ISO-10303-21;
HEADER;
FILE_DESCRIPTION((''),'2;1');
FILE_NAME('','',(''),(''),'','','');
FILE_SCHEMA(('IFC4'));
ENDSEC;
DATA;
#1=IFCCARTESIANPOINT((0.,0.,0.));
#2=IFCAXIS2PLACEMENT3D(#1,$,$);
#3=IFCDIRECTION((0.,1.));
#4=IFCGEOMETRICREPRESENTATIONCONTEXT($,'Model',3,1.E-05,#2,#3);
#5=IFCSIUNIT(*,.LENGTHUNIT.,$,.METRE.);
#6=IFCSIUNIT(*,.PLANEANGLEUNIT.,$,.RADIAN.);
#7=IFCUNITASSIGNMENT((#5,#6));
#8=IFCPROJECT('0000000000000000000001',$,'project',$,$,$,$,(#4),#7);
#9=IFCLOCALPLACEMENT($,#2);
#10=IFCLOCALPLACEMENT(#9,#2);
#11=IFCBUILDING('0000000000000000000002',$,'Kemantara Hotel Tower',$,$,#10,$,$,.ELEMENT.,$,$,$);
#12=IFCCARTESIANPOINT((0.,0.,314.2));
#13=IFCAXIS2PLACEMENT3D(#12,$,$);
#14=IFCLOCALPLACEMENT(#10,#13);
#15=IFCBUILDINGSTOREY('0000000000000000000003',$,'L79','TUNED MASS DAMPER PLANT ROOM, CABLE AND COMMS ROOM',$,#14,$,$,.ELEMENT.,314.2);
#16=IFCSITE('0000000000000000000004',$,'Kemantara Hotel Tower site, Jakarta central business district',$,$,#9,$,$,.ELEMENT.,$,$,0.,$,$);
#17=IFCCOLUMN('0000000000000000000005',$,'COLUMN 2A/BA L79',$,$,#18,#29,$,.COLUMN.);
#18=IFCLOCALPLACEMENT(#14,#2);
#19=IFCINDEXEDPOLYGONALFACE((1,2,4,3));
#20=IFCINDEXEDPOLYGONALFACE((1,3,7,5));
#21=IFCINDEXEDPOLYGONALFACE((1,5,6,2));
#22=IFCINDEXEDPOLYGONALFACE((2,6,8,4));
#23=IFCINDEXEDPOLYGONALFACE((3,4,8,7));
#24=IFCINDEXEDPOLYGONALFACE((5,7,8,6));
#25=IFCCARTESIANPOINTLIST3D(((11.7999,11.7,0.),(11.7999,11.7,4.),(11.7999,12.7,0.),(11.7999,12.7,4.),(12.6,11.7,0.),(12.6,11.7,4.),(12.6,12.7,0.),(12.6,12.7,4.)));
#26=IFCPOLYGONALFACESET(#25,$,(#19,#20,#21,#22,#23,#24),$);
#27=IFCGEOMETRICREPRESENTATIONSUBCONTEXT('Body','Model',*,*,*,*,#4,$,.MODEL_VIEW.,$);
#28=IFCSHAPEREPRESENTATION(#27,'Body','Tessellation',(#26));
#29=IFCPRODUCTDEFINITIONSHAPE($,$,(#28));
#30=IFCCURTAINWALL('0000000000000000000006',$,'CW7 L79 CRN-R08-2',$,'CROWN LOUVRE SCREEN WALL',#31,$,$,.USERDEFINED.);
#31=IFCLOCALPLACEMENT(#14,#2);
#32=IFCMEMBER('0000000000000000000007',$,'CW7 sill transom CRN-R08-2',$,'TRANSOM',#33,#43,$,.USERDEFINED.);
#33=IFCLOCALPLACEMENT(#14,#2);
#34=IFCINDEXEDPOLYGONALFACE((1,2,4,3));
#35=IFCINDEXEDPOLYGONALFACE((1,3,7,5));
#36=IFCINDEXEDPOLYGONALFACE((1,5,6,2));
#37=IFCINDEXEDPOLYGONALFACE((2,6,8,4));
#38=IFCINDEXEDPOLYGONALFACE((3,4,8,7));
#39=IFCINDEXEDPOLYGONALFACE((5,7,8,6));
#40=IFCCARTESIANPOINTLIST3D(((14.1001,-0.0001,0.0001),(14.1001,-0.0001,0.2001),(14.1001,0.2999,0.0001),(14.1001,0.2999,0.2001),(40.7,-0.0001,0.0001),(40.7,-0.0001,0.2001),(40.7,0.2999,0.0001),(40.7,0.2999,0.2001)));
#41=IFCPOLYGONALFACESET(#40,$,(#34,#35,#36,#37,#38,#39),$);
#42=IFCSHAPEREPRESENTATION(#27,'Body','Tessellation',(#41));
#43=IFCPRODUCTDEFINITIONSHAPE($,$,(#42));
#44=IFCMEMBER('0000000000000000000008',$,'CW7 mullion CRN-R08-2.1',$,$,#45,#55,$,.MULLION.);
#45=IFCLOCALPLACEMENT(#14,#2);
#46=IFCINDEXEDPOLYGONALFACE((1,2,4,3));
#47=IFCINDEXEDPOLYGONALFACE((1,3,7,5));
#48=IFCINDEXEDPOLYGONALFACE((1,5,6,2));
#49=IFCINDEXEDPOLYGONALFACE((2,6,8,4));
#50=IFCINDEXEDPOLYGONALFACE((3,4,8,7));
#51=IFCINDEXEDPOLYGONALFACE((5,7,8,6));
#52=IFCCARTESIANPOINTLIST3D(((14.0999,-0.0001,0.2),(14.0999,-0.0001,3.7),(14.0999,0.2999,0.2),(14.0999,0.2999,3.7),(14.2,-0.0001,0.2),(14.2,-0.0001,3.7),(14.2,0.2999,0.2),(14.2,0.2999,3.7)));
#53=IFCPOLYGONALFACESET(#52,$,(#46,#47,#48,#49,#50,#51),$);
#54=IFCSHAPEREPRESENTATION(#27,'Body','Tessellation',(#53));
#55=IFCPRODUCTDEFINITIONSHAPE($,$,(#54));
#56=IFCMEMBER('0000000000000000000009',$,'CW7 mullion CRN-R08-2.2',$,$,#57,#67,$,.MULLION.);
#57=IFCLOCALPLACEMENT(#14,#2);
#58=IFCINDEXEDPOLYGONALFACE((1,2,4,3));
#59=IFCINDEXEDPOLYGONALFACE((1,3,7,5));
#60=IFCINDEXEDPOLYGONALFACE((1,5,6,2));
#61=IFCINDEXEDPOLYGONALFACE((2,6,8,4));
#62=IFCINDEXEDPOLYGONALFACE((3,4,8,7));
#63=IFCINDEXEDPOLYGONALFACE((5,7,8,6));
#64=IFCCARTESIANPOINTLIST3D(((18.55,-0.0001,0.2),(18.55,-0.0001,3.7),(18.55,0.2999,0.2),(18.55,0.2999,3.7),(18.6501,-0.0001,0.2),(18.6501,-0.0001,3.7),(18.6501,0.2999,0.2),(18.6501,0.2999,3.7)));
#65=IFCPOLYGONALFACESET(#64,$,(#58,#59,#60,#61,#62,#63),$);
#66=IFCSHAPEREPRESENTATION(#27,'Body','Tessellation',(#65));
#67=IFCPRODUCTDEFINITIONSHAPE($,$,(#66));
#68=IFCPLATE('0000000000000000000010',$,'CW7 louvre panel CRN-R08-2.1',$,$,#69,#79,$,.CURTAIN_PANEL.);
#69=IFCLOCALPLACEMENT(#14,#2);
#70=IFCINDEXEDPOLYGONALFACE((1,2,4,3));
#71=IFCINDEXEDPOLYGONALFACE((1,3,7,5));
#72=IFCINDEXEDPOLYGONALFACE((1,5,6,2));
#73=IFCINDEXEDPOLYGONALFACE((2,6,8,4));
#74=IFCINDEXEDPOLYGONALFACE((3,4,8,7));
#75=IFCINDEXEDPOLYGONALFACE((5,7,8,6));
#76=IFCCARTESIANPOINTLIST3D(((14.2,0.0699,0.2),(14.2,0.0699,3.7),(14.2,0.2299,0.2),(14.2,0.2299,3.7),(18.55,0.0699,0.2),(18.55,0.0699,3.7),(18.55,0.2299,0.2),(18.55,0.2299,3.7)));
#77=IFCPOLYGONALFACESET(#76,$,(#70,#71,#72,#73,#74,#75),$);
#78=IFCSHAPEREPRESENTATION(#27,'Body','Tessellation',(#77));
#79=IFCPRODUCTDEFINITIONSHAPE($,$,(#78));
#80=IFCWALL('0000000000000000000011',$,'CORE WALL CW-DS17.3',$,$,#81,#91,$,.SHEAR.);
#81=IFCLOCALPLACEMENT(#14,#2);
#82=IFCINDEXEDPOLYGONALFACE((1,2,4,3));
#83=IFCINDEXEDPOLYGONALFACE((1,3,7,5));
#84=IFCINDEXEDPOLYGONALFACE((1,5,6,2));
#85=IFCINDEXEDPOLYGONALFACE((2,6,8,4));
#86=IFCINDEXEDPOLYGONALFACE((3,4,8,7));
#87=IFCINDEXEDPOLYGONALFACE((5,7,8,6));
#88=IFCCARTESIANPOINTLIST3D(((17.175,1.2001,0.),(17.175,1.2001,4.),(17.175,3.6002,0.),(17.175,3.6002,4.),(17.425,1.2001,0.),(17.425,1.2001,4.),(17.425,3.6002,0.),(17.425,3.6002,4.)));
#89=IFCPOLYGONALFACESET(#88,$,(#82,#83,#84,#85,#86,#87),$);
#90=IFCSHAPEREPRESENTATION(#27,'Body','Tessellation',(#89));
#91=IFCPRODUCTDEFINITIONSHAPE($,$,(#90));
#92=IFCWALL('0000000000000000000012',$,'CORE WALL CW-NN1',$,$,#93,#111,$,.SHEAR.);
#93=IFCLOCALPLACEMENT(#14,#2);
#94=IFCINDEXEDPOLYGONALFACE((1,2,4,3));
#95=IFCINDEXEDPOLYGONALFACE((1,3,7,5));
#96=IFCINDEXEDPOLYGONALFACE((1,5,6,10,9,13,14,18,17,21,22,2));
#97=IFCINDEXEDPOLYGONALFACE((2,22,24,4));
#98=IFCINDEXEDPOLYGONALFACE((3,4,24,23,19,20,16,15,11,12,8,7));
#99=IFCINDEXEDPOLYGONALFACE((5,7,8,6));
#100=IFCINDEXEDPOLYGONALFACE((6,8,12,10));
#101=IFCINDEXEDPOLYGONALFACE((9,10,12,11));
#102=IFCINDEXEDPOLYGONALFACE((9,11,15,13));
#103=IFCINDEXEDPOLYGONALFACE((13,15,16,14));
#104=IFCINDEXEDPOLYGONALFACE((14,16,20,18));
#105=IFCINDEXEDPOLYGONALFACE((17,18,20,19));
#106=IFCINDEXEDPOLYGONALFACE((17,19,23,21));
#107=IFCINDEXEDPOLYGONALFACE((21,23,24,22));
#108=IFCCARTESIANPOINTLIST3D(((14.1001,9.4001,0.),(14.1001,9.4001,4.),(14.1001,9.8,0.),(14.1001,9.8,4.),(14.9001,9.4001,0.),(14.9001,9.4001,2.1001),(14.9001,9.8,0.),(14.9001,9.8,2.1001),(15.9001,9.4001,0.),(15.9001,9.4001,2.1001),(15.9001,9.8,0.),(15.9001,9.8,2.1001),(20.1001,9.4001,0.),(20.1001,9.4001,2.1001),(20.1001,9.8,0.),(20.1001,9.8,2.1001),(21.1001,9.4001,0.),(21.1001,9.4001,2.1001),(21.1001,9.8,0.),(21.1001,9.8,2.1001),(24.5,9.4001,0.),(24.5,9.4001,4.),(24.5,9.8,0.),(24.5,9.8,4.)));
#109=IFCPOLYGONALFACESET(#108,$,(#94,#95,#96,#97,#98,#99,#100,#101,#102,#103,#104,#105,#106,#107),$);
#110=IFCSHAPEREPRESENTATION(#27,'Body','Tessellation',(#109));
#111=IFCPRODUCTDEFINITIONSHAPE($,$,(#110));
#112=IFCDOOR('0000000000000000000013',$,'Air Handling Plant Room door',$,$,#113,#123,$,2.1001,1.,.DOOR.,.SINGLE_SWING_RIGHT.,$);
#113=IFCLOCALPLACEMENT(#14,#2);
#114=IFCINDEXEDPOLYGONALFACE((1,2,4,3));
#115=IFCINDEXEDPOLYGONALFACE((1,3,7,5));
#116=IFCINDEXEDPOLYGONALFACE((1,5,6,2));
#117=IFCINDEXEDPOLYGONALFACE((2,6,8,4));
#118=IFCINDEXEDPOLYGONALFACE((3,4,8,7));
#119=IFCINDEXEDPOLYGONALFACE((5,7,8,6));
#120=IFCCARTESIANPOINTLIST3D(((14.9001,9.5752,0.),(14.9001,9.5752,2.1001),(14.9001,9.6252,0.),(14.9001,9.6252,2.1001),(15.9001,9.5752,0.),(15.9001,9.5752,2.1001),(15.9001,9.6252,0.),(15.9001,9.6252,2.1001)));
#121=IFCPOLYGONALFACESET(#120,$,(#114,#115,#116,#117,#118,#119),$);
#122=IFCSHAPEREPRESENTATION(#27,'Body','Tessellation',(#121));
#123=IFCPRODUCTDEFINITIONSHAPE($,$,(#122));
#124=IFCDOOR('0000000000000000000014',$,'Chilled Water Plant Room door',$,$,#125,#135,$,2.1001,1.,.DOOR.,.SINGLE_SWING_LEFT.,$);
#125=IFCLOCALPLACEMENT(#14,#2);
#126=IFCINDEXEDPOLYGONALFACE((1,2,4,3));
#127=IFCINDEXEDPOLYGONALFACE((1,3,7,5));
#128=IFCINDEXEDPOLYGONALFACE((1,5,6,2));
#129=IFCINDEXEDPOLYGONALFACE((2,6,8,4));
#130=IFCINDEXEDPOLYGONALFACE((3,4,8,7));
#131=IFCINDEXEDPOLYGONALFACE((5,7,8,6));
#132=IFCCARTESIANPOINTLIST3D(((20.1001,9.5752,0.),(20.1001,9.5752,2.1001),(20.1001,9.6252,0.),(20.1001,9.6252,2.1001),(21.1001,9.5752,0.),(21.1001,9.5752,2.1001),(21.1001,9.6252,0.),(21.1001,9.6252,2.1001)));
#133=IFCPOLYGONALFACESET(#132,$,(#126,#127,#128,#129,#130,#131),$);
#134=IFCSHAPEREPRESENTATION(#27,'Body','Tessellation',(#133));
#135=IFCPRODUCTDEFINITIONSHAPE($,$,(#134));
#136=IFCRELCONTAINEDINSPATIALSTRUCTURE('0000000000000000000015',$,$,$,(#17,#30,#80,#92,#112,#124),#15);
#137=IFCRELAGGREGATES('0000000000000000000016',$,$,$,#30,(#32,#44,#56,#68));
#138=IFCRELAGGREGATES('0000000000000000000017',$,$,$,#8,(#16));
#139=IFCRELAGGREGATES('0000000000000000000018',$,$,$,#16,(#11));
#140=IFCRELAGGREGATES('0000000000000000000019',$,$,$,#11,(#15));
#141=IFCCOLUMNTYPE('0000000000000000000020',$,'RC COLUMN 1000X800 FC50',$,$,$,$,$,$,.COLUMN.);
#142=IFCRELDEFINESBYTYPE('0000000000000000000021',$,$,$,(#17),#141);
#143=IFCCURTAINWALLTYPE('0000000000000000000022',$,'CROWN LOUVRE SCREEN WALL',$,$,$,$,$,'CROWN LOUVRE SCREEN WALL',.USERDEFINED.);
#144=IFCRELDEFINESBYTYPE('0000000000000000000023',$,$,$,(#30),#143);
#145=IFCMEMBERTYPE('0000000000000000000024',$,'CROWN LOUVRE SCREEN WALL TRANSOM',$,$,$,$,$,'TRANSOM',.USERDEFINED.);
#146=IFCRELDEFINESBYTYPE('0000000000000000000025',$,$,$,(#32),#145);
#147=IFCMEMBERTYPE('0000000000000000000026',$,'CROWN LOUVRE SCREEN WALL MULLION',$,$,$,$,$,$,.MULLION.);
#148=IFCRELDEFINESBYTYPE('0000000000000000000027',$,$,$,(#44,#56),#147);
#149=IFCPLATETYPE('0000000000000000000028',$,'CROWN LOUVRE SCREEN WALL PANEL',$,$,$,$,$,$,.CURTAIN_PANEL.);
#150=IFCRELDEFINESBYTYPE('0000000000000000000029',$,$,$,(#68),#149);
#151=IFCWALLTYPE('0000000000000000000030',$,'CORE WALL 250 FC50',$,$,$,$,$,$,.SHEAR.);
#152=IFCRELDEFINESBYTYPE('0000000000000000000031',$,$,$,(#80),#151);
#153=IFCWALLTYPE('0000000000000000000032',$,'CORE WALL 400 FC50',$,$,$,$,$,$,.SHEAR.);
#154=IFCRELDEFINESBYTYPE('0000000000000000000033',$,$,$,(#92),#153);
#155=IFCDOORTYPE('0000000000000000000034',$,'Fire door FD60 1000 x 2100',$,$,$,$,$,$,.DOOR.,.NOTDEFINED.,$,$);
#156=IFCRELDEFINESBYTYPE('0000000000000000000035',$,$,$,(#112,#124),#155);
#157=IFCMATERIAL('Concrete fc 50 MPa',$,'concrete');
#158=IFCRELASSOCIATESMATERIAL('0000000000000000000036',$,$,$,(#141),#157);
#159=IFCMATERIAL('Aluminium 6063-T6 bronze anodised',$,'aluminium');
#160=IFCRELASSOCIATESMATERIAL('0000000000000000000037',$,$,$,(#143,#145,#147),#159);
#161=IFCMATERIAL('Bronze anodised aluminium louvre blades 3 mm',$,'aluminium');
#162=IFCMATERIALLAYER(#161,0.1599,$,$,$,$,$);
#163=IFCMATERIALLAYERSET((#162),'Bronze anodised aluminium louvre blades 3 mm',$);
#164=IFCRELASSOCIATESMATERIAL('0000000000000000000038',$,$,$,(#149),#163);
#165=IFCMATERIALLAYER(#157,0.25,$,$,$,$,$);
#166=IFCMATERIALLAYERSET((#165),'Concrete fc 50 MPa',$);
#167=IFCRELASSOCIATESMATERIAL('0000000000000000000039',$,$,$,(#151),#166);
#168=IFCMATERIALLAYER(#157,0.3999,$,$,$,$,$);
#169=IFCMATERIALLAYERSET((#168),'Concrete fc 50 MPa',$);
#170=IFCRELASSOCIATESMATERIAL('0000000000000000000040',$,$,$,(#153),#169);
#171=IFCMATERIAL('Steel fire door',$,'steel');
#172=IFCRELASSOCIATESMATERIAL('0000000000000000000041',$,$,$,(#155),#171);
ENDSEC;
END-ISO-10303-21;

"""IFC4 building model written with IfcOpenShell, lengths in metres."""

from ifc_helpers import new_model, si_unit, direction, frame, frame_2d, origin, origin_2d, place, context, subcontext, project, spatial, rectangle, extrude, source, transform, mapped, material, layer, layer_set, material_profile, profile_set, type_object, element, fill, aggregate, save


model = new_model("IFC4")

# Units and contexts
model_context = context("Model", 3, precision=1e-05, world=origin(), true_north=direction((0.0, 1.0)))
body_context = subcontext(model_context, "Body", "Model", "MODEL_VIEW")
ifc_project = project(units=[si_unit("LENGTHUNIT", "METRE"), si_unit("PLANEANGLEUNIT", "RADIAN")], contexts=[model_context])

# Site, building, storey
site_placement = place(None, origin())
site = spatial("IfcSite", under=ifc_project, at=site_placement, Name="Kemantara Hotel Tower site, Jakarta central business district", CompositionType="ELEMENT", RefElevation=0.0)
building_placement = place(site_placement, origin())
building = spatial("IfcBuilding", under=site, at=building_placement, Name="Kemantara Hotel Tower", CompositionType="ELEMENT")
storey_placement = place(building_placement, frame((0.0, 0.0, 314.2)))
storey = spatial("IfcBuildingStorey", under=building, at=storey_placement, Name="L79", Description="TUNED MASS DAMPER PLANT ROOM, CABLE AND COMMS ROOM", CompositionType="ELEMENT", Elevation=314.2)

# Column
ifc_material_1 = material(Name="Concrete fc 50 MPa", Category="concrete")
ifc_material_profile_1 = material_profile(ifc_material_1, rectangle(XDim=1.0, YDim=0.8, at=origin_2d()), Name="RC 1000X800")
ifc_profile_set_1 = profile_set([ifc_material_profile_1], Name="Concrete fc 50 MPa")
column_type = type_object("IfcColumnType", Name="RC COLUMN 1000X800 FC50", PredefinedType="COLUMN", material=ifc_profile_set_1)
column_placement = place(storey_placement, frame((12.2, 12.2, 0.0), z_axis=(0.0, 0.0, 1.0), x_axis=(0.0, 1.0, 0.0)))
element("IfcColumn", 1, at=column_placement, inside=storey, type_object=column_type, Name="COLUMN 2A/BA L79", PredefinedType="COLUMN", context=body_context, shape_type="SweptSolid", body=[
    extrude(rectangle(XDim=1.0, YDim=0.8, at=origin_2d()), origin(), (0.0, 0.0, 1.0), 4.0),
])

# Curtain wall, members, plate
ifc_material_2 = material(Name="Aluminium 6063-T6 bronze anodised", Category="aluminium")
curtain_wall_type = type_object("IfcCurtainWallType", Name="CROWN LOUVRE SCREEN WALL", ElementType="CROWN LOUVRE SCREEN WALL", PredefinedType="USERDEFINED", material=ifc_material_2)
curtain_wall_placement = place(storey_placement, origin())
curtain_wall = element("IfcCurtainWall", 2, at=curtain_wall_placement, inside=storey, type_object=curtain_wall_type, Name="CW7 L79 CRN-R08-2", ObjectType="CROWN LOUVRE SCREEN WALL", PredefinedType="USERDEFINED")
ifc_material_profile_2 = material_profile(ifc_material_2, rectangle(XDim=0.3, YDim=0.2, at=origin_2d()), Name="CROWN LOUVRE SCREEN WALL TRANSOM")
ifc_profile_set_2 = profile_set([ifc_material_profile_2], Name="Aluminium 6063-T6 bronze anodised")
member_type_1 = type_object("IfcMemberType", Name="CROWN LOUVRE SCREEN WALL TRANSOM", ElementType="TRANSOM", PredefinedType="USERDEFINED", material=ifc_profile_set_2)
member_1_placement = place(storey_placement, frame((14.1001, 0.1499, 0.1001), z_axis=(1.0, 0.0, 0.0), x_axis=(0.0, 1.0, 0.0)))
member_1 = element("IfcMember", 3, at=member_1_placement, type_object=member_type_1, Name="CW7 sill transom CRN-R08-2", ObjectType="TRANSOM", PredefinedType="USERDEFINED", context=body_context, shape_type="SweptSolid", body=[
    extrude(rectangle(XDim=0.3, YDim=0.2, at=origin_2d()), origin(), (0.0, 0.0, 1.0), 26.5999),
])
ifc_material_profile_3 = material_profile(ifc_material_2, rectangle(XDim=0.3, YDim=0.1001, at=origin_2d()), Name="CROWN LOUVRE SCREEN WALL MULLION")
ifc_profile_set_3 = profile_set([ifc_material_profile_3], Name="Aluminium 6063-T6 bronze anodised")
member_type_2 = type_object("IfcMemberType", Name="CROWN LOUVRE SCREEN WALL MULLION", PredefinedType="MULLION", material=ifc_profile_set_3)
shared_shape_1 = source(origin(), body_context, "Body", "SweptSolid", [
    extrude(rectangle(XDim=0.3, YDim=0.1001, at=origin_2d()), origin(), (0.0, 0.0, 1.0), 3.5),
])
member_2_placement = place(storey_placement, frame((14.1499, 0.1499, 0.2), z_axis=(0.0, 0.0, 1.0), x_axis=(0.0, 1.0, 0.0)))
member_2 = element("IfcMember", 4, at=member_2_placement, type_object=member_type_2, Name="CW7 mullion CRN-R08-2.1", PredefinedType="MULLION", context=body_context, shape_type="MappedRepresentation", body=[
    mapped(shared_shape_1, transform((0.0, 0.0, 0.0))),
])
member_3_placement = place(storey_placement, frame((18.6001, 0.1499, 0.2), z_axis=(0.0, 0.0, 1.0), x_axis=(0.0, 1.0, 0.0)))
member_3 = element("IfcMember", 5, at=member_3_placement, type_object=member_type_2, Name="CW7 mullion CRN-R08-2.2", PredefinedType="MULLION", context=body_context, shape_type="MappedRepresentation", body=[
    mapped(shared_shape_1, transform((0.0, 0.0, 0.0))),
])
ifc_material_3 = material(Name="Bronze anodised aluminium louvre blades 3 mm", Category="aluminium")
ifc_layer_1 = layer(ifc_material_3, 0.1599)
ifc_layer_set_1 = layer_set([ifc_layer_1], Name="Bronze anodised aluminium louvre blades 3 mm")
plate_type = type_object("IfcPlateType", Name="CROWN LOUVRE SCREEN WALL PANEL", PredefinedType="CURTAIN_PANEL", material=ifc_layer_set_1)
shared_shape_2 = source(origin(), body_context, "Body", "SweptSolid", [
    extrude(rectangle(XDim=4.3501, YDim=0.1599, at=origin_2d()), origin(), (0.0, 0.0, 1.0), 3.5),
])
plate_placement = place(storey_placement, frame((16.375, 0.1499, 0.2), z_axis=(0.0, 0.0, 1.0), x_axis=(1.0, 0.0, 0.0)))
plate = element("IfcPlate", 6, at=plate_placement, type_object=plate_type, Name="CW7 louvre panel CRN-R08-2.1", PredefinedType="CURTAIN_PANEL", context=body_context, shape_type="MappedRepresentation", body=[
    mapped(shared_shape_2, transform((0.0, 0.0, 0.0))),
])
aggregate(curtain_wall, [member_1, member_2, member_3, plate])

# Wall
ifc_layer_2 = layer(ifc_material_1, 0.25)
ifc_layer_set_2 = layer_set([ifc_layer_2], Name="Concrete fc 50 MPa")
wall_type_1 = type_object("IfcWallType", Name="CORE WALL 250 FC50", PredefinedType="SHEAR", material=ifc_layer_set_2)
wall_1_placement = place(storey_placement, frame((17.3, 1.2, 0.0), z_axis=(0.0, 0.0, 1.0), x_axis=(0.0, 1.0, 0.0)))
element("IfcWall", 7, at=wall_1_placement, inside=storey, type_object=wall_type_1, Name="CORE WALL CW-DS17.3", PredefinedType="SHEAR", context=body_context, shape_type="SweptSolid", body=[
    extrude(rectangle(XDim=2.4001, YDim=0.25, at=frame_2d((1.2002, 0.0))), origin(), (0.0, 0.0, 1.0), 4.0),
])

# Wall, openings, doors
ifc_layer_3 = layer(ifc_material_1, 0.3999)
ifc_layer_set_3 = layer_set([ifc_layer_3], Name="Concrete fc 50 MPa")
wall_type_2 = type_object("IfcWallType", Name="CORE WALL 400 FC50", PredefinedType="SHEAR", material=ifc_layer_set_3)
wall_2_placement = place(storey_placement, frame((14.1001, 9.6001, 0.0), z_axis=(0.0, 0.0, 1.0), x_axis=(1.0, 0.0, 0.0)))
wall_2 = element("IfcWall", 8, at=wall_2_placement, inside=storey, type_object=wall_type_2, Name="CORE WALL CW-NN1", PredefinedType="SHEAR", context=body_context, shape_type="SweptSolid", body=[
    extrude(rectangle(XDim=10.3999, YDim=0.3999, at=frame_2d((5.2, 0.0))), origin(), (0.0, 0.0, 1.0), 4.0),
])
opening_1_placement = place(wall_2_placement, frame((0.8, 0.0, 0.0)))
opening_1 = element("IfcOpeningElement", 9, at=opening_1_placement, cuts=wall_2, PredefinedType="OPENING", context=body_context, shape_type="SweptSolid", body=[
    extrude(rectangle(XDim=1.0, YDim=2.1001, at=frame_2d((0.5, 1.05))), frame((0.0, 0.21, 0.0), z_axis=(0.0, -1.0, 0.0), x_axis=(1.0, 0.0, 0.0)), (0.0, 0.0, 1.0), 0.4199),
])
opening_2_placement = place(wall_2_placement, frame((6.0, 0.0, 0.0)))
opening_2 = element("IfcOpeningElement", 10, at=opening_2_placement, cuts=wall_2, PredefinedType="OPENING", context=body_context, shape_type="SweptSolid", body=[
    extrude(rectangle(XDim=1.0, YDim=2.1001, at=frame_2d((0.5, 1.05))), frame((0.0, 0.21, 0.0), z_axis=(0.0, -1.0, 0.0), x_axis=(1.0, 0.0, 0.0)), (0.0, 0.0, 1.0), 0.4199),
])
ifc_material_4 = material(Name="Steel fire door", Category="steel")
door_type_1 = type_object("IfcDoorType", Name="Fire door FD60 1000 x 2100", OperationType="NOTDEFINED", PredefinedType="DOOR", material=ifc_material_4)
door_1_placement = place(opening_1_placement, frame((1.0, 0.0, 0.0), z_axis=(0.0, 0.0, 1.0), x_axis=(-1.0, 0.0, 0.0)))
door_1 = element("IfcDoor", 11, at=door_1_placement, inside=storey, type_object=door_type_1, Name="Air Handling Plant Room door", OperationType="SINGLE_SWING_RIGHT", OverallHeight=2.1001, OverallWidth=1.0, PredefinedType="DOOR", context=body_context, shape_type="SweptSolid", body=[
    extrude(rectangle(XDim=1.0, YDim=2.1001, at=frame_2d((0.5, 1.05))), frame((0.0, 0.0249, 0.0), z_axis=(0.0, -1.0, 0.0), x_axis=(1.0, 0.0, 0.0)), (0.0, 0.0, 1.0), 0.05),
])
fill(opening_1, door_1)
door_2_placement = place(opening_2_placement, frame((1.0, 0.0, 0.0), z_axis=(0.0, 0.0, 1.0), x_axis=(-1.0, 0.0, 0.0)))
door_2 = element("IfcDoor", 12, at=door_2_placement, inside=storey, type_object=door_type_1, Name="Chilled Water Plant Room door", OperationType="SINGLE_SWING_LEFT", OverallHeight=2.1001, OverallWidth=1.0, PredefinedType="DOOR", context=body_context, shape_type="SweptSolid", body=[
    extrude(rectangle(XDim=1.0, YDim=2.1001, at=frame_2d((0.5, 1.05))), frame((0.0, 0.0249, 0.0), z_axis=(0.0, -1.0, 0.0), x_axis=(1.0, 0.0, 0.0)), (0.0, 0.0, 1.0), 0.05),
])
fill(opening_2, door_2)

save(model, "model.ifc")
